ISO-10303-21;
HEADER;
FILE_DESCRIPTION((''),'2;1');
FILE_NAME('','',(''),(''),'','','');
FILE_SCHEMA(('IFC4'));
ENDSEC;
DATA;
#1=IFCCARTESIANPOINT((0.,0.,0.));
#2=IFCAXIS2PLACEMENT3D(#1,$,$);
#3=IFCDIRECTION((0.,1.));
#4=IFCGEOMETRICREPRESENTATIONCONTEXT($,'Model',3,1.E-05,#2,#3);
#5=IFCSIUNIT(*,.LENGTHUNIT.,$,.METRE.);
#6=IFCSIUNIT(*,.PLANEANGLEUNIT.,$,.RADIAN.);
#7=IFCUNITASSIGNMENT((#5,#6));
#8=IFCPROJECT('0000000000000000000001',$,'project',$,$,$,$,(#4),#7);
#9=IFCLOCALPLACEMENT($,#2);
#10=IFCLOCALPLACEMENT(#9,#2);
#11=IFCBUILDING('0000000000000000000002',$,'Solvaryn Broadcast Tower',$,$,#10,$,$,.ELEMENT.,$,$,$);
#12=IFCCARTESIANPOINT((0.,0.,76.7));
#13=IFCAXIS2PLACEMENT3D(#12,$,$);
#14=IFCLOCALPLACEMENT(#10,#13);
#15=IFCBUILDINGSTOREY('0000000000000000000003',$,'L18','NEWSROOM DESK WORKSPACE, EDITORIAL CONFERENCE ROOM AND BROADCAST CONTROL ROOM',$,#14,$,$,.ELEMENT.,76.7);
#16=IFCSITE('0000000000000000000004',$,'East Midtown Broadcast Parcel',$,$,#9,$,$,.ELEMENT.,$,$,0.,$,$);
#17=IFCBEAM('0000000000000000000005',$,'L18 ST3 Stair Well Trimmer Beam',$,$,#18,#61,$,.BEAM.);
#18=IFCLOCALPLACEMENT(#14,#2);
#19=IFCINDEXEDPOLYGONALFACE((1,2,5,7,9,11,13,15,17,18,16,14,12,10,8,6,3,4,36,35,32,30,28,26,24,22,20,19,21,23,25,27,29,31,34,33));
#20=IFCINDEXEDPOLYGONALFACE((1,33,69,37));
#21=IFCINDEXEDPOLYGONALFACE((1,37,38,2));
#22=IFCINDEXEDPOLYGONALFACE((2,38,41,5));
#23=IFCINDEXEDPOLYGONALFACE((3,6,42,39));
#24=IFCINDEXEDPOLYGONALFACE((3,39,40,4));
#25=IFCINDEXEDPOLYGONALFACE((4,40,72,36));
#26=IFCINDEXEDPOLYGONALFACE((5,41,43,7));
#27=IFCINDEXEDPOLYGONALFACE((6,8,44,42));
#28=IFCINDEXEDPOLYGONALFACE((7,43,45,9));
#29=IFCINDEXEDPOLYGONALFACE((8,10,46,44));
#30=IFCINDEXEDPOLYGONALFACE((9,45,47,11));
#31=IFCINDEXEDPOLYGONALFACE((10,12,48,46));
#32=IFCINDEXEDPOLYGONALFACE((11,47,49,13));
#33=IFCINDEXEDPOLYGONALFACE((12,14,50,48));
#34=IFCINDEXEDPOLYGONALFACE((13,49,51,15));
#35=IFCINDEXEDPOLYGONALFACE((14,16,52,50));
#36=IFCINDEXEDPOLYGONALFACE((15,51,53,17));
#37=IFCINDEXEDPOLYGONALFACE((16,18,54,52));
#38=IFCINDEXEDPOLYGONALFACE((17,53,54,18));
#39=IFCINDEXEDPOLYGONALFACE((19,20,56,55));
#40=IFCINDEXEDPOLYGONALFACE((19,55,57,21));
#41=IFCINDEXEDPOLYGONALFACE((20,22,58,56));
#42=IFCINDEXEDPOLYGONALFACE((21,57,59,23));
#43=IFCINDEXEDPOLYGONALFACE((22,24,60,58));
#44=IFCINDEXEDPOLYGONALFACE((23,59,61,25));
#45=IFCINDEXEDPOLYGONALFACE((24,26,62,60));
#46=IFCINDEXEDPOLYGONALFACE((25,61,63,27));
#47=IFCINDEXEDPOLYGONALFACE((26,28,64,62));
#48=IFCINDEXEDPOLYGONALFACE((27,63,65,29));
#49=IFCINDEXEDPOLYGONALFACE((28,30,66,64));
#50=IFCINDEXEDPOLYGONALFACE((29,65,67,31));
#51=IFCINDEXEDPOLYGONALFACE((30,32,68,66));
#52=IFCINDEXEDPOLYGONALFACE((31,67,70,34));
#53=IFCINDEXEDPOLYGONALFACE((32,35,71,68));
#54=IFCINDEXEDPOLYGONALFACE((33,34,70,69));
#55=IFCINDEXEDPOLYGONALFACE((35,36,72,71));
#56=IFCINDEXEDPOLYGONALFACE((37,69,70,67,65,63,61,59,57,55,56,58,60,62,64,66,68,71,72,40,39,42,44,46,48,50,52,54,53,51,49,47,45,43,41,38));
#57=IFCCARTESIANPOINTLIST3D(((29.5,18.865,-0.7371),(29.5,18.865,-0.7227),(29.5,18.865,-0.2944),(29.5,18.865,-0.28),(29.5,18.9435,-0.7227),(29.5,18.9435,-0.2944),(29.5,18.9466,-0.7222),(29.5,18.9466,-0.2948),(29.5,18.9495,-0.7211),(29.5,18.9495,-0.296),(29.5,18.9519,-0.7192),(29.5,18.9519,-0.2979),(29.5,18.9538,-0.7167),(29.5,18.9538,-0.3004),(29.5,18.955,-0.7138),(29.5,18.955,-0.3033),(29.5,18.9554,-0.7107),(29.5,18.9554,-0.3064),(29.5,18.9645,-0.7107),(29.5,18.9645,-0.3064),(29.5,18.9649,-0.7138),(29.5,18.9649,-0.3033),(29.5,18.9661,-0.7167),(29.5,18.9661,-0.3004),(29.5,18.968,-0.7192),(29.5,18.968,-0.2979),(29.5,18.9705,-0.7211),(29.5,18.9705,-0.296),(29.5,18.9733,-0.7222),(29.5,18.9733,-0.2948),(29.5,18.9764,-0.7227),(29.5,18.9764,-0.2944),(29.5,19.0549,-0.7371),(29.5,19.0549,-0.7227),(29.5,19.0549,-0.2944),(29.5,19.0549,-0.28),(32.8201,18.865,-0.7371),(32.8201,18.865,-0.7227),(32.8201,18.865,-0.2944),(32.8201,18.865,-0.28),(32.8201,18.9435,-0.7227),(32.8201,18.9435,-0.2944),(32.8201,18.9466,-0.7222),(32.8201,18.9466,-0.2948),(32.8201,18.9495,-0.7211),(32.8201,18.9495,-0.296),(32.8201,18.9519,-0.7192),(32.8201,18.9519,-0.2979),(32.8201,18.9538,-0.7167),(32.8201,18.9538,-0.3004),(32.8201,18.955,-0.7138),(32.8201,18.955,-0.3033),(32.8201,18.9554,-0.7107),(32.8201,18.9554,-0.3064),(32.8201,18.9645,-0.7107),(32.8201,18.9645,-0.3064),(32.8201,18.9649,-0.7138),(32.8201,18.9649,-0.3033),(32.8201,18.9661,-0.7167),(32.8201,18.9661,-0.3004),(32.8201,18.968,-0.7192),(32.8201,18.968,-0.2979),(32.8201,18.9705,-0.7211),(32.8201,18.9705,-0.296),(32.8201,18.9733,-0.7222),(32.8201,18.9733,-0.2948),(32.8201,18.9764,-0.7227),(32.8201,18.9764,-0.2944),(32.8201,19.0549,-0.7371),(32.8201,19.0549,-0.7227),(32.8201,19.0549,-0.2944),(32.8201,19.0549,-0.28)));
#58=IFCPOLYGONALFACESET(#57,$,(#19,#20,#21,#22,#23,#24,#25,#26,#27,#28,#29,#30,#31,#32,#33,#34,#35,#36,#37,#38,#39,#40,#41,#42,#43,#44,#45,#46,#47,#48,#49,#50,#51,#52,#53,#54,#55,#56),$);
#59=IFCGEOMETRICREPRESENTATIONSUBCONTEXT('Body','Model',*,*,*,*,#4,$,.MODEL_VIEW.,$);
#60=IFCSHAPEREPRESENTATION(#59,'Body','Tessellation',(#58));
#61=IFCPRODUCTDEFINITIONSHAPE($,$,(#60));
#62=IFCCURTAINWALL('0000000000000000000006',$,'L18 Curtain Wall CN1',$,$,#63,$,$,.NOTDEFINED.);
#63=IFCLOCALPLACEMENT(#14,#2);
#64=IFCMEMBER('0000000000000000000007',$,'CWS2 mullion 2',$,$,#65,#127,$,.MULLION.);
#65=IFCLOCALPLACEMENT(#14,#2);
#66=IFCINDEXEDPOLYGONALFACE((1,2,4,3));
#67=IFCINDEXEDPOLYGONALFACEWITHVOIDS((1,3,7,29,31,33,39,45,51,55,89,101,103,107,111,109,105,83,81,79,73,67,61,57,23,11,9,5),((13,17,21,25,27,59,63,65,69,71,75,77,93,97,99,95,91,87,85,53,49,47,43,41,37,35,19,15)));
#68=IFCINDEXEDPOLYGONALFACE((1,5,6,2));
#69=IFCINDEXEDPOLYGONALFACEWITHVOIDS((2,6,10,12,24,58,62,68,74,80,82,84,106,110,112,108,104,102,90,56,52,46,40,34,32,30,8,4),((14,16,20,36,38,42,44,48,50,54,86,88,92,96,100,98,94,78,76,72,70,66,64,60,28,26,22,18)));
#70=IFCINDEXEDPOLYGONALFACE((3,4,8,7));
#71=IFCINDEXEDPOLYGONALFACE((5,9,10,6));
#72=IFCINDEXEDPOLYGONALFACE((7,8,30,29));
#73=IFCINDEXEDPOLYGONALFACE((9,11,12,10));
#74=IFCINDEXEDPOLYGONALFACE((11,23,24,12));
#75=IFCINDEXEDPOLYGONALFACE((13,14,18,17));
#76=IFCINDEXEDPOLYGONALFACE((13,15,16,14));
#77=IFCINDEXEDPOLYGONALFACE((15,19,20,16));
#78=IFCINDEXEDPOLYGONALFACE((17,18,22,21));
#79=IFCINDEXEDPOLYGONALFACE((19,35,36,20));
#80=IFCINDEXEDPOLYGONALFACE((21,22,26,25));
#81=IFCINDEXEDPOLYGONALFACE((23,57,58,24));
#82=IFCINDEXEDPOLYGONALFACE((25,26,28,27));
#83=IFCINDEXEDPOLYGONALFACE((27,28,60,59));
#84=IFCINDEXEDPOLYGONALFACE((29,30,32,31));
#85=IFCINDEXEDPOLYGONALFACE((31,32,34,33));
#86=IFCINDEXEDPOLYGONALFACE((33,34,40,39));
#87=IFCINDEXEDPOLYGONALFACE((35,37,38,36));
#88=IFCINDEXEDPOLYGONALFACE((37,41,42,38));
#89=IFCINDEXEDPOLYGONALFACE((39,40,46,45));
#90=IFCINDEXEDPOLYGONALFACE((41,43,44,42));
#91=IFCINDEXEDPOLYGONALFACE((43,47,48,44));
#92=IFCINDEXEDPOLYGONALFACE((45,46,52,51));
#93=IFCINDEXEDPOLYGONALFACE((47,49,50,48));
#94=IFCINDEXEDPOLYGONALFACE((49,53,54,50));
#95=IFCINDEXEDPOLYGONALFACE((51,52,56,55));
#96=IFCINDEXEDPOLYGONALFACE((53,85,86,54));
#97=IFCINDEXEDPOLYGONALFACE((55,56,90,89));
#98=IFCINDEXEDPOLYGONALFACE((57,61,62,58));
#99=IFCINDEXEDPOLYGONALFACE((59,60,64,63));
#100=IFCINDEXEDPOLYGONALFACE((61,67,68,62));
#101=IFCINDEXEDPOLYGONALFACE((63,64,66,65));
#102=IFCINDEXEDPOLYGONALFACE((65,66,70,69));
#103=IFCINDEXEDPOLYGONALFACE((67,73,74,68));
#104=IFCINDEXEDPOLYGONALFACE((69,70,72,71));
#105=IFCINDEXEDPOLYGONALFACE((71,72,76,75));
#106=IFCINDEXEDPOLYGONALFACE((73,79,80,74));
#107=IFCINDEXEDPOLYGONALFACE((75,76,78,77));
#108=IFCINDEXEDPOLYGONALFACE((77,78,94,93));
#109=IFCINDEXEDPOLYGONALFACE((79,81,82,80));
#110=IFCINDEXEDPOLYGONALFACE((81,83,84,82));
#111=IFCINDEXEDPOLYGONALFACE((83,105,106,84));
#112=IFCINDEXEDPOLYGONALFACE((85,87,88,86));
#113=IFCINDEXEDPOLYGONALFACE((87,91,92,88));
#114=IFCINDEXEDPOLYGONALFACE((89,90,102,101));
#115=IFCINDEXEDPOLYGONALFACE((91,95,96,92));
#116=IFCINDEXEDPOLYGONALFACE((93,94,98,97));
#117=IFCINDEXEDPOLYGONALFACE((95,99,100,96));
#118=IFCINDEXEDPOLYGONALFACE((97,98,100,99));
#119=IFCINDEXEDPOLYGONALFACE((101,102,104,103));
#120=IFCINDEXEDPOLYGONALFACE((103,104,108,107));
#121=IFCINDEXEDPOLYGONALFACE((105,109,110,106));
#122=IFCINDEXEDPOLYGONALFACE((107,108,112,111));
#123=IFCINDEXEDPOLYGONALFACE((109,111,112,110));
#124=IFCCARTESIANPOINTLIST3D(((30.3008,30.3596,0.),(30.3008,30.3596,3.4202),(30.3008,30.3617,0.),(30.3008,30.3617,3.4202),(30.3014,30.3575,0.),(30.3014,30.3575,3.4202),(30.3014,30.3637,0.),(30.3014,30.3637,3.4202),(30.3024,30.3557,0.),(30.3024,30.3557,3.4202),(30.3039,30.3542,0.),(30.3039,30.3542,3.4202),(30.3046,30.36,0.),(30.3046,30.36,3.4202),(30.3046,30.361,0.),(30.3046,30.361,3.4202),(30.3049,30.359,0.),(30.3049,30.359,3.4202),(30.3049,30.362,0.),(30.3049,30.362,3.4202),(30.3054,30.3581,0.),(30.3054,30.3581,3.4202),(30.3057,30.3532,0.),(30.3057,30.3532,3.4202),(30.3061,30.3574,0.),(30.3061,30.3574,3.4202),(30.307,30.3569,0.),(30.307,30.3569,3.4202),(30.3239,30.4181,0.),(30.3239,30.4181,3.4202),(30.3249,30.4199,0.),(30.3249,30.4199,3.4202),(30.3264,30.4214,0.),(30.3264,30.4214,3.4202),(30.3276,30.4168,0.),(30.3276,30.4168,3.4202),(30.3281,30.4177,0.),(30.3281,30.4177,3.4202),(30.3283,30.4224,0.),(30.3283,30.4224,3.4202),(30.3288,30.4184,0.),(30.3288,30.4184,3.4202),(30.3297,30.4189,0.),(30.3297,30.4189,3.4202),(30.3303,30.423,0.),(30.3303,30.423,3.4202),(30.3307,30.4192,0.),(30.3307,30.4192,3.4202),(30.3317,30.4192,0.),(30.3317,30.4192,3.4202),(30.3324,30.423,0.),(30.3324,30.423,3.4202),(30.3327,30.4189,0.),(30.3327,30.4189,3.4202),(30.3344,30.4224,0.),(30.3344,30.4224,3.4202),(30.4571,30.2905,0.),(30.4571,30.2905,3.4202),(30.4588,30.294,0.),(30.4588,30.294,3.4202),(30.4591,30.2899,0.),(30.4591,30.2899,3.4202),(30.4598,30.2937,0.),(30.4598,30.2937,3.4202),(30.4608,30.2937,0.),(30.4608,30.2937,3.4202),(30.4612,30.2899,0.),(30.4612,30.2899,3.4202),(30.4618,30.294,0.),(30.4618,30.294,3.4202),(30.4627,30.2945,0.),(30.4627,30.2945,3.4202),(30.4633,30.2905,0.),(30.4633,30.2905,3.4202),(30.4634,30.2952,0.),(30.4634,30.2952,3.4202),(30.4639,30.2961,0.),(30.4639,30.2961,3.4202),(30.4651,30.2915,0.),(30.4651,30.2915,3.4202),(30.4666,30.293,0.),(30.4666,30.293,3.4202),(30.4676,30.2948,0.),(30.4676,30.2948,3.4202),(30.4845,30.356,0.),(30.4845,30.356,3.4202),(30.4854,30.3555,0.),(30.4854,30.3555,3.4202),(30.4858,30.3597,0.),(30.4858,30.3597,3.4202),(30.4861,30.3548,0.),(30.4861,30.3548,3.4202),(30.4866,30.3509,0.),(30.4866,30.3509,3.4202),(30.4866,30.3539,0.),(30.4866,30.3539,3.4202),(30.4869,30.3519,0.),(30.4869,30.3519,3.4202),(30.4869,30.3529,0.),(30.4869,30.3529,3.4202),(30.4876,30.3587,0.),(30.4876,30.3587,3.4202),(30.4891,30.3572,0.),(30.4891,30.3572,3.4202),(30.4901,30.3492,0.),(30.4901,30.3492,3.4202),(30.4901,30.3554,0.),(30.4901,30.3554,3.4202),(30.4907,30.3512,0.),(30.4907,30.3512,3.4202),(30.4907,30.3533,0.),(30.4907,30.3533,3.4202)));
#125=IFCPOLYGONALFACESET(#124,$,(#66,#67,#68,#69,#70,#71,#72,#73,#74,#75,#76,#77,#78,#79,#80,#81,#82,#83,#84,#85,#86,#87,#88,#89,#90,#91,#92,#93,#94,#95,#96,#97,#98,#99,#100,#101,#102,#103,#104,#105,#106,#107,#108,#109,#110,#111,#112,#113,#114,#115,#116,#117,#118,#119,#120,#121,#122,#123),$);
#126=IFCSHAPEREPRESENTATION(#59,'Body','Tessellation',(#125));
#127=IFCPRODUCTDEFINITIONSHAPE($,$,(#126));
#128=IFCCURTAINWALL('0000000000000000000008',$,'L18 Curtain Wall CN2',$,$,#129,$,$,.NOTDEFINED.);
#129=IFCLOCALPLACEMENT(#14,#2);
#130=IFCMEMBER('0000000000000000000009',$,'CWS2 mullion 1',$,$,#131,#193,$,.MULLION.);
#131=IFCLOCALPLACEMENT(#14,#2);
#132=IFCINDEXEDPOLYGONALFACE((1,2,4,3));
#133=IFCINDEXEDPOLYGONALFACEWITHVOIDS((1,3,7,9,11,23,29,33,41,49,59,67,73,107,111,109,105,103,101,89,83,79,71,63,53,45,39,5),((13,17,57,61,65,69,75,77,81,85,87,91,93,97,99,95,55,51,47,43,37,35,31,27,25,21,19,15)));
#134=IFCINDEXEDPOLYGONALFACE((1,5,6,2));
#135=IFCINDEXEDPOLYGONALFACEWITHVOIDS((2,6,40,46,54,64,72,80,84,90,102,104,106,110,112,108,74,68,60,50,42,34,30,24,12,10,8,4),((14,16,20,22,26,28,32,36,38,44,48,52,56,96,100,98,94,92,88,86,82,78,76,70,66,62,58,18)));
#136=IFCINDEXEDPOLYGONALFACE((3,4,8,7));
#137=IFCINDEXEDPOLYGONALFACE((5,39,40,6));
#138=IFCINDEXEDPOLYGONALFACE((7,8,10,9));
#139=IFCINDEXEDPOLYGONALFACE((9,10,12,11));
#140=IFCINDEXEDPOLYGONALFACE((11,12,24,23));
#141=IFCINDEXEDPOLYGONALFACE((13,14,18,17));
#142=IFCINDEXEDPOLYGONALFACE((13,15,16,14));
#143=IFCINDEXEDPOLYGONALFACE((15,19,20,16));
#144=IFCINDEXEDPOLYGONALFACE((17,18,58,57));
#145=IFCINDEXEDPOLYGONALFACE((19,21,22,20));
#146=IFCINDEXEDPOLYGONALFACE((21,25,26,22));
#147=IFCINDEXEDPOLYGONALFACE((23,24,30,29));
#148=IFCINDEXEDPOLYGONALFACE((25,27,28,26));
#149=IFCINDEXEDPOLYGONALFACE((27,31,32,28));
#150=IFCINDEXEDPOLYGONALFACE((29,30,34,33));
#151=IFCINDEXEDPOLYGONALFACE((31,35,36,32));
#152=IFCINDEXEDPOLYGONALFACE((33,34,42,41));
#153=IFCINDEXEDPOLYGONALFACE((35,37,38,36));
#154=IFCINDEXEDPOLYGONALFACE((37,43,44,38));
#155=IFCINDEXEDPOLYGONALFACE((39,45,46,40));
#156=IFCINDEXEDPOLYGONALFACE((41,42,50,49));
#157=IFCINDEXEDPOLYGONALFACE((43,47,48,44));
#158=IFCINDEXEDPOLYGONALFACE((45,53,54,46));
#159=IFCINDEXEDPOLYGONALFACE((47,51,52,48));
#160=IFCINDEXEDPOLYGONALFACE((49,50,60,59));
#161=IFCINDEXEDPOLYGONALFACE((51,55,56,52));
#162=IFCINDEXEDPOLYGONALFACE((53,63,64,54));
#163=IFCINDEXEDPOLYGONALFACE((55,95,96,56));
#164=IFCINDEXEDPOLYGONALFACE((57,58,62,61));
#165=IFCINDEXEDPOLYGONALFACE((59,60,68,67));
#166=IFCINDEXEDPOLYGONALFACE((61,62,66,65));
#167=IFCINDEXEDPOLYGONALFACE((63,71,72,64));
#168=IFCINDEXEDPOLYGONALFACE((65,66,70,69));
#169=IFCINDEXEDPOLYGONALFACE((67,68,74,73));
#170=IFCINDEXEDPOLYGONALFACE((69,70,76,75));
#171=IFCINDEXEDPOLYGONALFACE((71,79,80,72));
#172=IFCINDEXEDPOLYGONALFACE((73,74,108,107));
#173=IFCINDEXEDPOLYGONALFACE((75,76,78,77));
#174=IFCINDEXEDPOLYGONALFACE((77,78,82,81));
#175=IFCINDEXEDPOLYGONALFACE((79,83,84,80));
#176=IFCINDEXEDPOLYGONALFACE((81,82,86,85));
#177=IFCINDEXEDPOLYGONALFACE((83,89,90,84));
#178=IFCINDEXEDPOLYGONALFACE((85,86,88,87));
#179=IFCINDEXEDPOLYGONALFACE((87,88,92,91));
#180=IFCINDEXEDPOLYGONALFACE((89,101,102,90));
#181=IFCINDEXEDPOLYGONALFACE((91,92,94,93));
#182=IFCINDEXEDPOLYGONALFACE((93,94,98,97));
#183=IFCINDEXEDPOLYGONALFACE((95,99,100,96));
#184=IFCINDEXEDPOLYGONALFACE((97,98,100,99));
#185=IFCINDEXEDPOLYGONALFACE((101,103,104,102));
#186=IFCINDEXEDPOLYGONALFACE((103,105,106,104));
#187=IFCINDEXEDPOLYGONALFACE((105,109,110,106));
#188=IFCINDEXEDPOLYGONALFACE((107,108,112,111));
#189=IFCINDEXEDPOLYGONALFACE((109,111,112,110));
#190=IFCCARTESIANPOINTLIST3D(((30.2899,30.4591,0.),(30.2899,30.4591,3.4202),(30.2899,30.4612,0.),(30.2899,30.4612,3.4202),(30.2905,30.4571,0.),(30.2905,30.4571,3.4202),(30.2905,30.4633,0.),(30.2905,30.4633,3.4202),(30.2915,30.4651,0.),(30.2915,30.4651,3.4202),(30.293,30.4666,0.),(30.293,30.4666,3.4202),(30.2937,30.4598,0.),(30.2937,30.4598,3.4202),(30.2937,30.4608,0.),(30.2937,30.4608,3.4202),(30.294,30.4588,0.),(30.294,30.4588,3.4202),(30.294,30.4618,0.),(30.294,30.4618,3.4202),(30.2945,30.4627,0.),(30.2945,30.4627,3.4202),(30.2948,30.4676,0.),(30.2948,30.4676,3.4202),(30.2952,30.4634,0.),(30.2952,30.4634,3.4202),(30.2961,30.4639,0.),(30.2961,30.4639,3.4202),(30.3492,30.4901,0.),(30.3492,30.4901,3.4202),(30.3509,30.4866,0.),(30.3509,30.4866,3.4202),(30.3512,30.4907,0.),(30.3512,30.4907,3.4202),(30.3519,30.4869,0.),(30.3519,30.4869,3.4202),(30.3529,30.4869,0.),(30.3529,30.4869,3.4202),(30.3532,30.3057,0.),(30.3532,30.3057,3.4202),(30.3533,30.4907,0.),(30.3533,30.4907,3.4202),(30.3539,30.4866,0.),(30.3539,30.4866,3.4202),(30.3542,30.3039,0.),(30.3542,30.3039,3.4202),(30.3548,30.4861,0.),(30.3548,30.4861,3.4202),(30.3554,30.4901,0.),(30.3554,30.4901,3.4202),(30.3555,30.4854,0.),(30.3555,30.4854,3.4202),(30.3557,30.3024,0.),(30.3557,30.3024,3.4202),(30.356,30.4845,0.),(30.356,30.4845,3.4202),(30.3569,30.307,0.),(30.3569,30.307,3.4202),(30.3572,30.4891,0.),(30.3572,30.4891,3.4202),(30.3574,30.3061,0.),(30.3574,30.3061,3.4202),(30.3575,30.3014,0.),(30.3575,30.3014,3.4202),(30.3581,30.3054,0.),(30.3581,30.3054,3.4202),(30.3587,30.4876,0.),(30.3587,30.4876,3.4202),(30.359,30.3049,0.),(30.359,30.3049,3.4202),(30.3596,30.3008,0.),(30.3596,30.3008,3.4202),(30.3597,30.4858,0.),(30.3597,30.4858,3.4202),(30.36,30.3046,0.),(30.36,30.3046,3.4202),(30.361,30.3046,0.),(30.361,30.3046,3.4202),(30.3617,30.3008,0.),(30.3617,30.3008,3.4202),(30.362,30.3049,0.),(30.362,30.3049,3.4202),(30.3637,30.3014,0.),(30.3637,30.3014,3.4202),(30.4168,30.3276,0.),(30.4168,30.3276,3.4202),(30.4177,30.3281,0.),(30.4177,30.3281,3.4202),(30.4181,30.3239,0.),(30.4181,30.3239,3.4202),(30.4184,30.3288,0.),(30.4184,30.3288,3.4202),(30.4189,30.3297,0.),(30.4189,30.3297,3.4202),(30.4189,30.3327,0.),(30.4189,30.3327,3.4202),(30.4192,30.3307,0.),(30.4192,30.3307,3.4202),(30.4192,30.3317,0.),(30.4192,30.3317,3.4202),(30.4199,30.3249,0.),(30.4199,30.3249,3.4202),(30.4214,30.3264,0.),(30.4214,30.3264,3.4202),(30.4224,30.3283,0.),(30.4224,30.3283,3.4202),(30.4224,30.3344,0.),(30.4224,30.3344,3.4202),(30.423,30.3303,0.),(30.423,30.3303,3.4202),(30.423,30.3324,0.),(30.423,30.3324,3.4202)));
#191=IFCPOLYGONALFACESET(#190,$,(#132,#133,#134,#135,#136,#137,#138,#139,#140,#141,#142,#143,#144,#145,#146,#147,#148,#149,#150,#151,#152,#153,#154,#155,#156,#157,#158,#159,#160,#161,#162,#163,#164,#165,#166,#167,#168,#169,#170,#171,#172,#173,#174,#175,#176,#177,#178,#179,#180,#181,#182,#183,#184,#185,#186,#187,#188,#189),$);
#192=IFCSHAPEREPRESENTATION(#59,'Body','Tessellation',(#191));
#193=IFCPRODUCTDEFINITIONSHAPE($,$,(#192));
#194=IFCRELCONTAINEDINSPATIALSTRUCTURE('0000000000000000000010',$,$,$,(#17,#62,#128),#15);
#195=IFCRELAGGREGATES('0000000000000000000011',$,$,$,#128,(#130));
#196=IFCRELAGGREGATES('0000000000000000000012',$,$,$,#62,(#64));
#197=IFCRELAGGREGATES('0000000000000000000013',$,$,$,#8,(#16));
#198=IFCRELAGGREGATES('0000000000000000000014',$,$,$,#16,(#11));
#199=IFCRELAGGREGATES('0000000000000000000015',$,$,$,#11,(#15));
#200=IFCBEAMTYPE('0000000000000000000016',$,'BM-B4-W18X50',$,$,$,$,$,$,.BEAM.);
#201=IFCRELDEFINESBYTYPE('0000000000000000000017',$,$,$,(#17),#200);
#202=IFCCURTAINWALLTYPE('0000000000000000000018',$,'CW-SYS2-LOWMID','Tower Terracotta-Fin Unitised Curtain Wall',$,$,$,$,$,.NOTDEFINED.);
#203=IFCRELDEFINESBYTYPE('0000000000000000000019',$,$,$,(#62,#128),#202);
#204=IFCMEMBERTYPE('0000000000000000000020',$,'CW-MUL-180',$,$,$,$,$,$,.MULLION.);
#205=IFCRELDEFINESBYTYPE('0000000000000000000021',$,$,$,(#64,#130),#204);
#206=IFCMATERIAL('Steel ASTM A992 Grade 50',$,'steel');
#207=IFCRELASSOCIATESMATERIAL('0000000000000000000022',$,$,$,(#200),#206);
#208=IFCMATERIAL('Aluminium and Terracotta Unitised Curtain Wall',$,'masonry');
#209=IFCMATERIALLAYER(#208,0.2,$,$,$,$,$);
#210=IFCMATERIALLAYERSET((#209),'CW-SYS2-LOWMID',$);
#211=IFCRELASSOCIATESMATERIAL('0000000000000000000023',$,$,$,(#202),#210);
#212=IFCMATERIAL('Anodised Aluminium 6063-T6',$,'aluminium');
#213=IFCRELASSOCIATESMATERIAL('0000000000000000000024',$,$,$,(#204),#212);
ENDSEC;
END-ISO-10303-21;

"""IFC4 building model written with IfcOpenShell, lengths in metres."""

from ifc_helpers import new_model, si_unit, direction, frame, origin, origin_2d, place, context, subcontext, project, spatial, hollow_rectangle, i_section, extrude, material, layer, layer_set, material_profile, profile_set, type_object, element, aggregate, save


model = new_model("IFC4")

# Units and contexts
model_context = context("Model", 3, precision=1e-05, world=origin(), true_north=direction((0.0, 1.0)))
body_context = subcontext(model_context, "Body", "Model", "MODEL_VIEW")
ifc_project = project(units=[si_unit("LENGTHUNIT", "METRE"), si_unit("PLANEANGLEUNIT", "RADIAN")], contexts=[model_context])

# Site, building, storey
site_placement = place(None, origin())
site = spatial("IfcSite", under=ifc_project, at=site_placement, Name="East Midtown Broadcast Parcel", CompositionType="ELEMENT", RefElevation=0.0)
building_placement = place(site_placement, origin())
building = spatial("IfcBuilding", under=site, at=building_placement, Name="Solvaryn Broadcast Tower", CompositionType="ELEMENT")
storey_placement = place(building_placement, frame((0.0, 0.0, 76.7)))
storey = spatial("IfcBuildingStorey", under=building, at=storey_placement, Name="L18", Description="NEWSROOM DESK WORKSPACE, EDITORIAL CONFERENCE ROOM AND BROADCAST CONTROL ROOM", CompositionType="ELEMENT", Elevation=76.7)

# Beam
ifc_material_1 = material(Name="Steel ASTM A992 Grade 50", Category="steel")
ifc_material_profile_1 = material_profile(ifc_material_1, i_section(OverallWidth=0.1899, OverallDepth=0.457, WebThickness=0.009, FlangeThickness=0.0144, FilletRadius=0.012, at=origin_2d()))
ifc_profile_set_1 = profile_set([ifc_material_profile_1], Name="Steel ASTM A992 Grade 50")
beam_type_1 = type_object("IfcBeamType", Name="BM-B4-W18X50", PredefinedType="BEAM", material=ifc_profile_set_1)
beam_1_placement = place(storey_placement, frame((29.5, 18.96, -0.5085), z_axis=(1.0, 0.0, 0.0), x_axis=(0.0, 1.0, 0.0)))
element("IfcBeam", 1, at=beam_1_placement, inside=storey, type_object=beam_type_1, Name="L18 ST3 Stair Well Trimmer Beam", PredefinedType="BEAM", context=body_context, shape_type="SweptSolid", body=[
    extrude(i_section(OverallWidth=0.1899, OverallDepth=0.457, WebThickness=0.009, FlangeThickness=0.0144, FilletRadius=0.012, at=origin_2d()), origin(), (0.0, 0.0, 1.0), 3.3201),
])

# Curtain wall, member
ifc_material_2 = material(Name="Aluminium and Terracotta Unitised Curtain Wall", Category="masonry")
ifc_layer_1 = layer(ifc_material_2, 0.2)
ifc_layer_set_1 = layer_set([ifc_layer_1], Name="CW-SYS2-LOWMID")
curtain_wall_type = type_object("IfcCurtainWallType", Name="CW-SYS2-LOWMID", Description="Tower Terracotta-Fin Unitised Curtain Wall", PredefinedType="NOTDEFINED", material=ifc_layer_set_1)
curtain_wall_1_placement = place(storey_placement, origin())
curtain_wall_1 = element("IfcCurtainWall", 2, at=curtain_wall_1_placement, inside=storey, type_object=curtain_wall_type, Name="L18 Curtain Wall CN1", PredefinedType="NOTDEFINED")
ifc_material_3 = material(Name="Anodised Aluminium 6063-T6", Category="aluminium")
ifc_material_profile_2 = material_profile(ifc_material_3, hollow_rectangle(XDim=0.075, YDim=0.1799, WallThickness=0.0039, InnerFilletRadius=0.0039, OuterFilletRadius=0.0081, at=origin_2d()))
ifc_profile_set_2 = profile_set([ifc_material_profile_2], Name="Anodised Aluminium 6063-T6")
member_type_1 = type_object("IfcMemberType", Name="CW-MUL-180", PredefinedType="MULLION", material=ifc_profile_set_2)
member_1_placement = place(storey_placement, frame((30.3958, 30.3564, 0.0), z_axis=(0.0, 0.0, 1.0), x_axis=(-0.382646, -0.923895, 0.0)))
member_1 = element("IfcMember", 3, at=member_1_placement, type_object=member_type_1, Name="CWS2 mullion 2", PredefinedType="MULLION", context=body_context, shape_type="SweptSolid", body=[
    extrude(hollow_rectangle(XDim=0.075, YDim=0.1799, WallThickness=0.0039, InnerFilletRadius=0.0039, OuterFilletRadius=0.0081, at=origin_2d()), origin(), (0.0, 0.0, 1.0), 3.4202),
])

# Curtain wall, member
curtain_wall_2_placement = place(storey_placement, origin())
curtain_wall_2 = element("IfcCurtainWall", 4, at=curtain_wall_2_placement, inside=storey, type_object=curtain_wall_type, Name="L18 Curtain Wall CN2", PredefinedType="NOTDEFINED")
member_2_placement = place(storey_placement, frame((30.3564, 30.3958, 0.0), z_axis=(0.0, 0.0, 1.0), x_axis=(-0.923895, -0.382646, 0.0)))
member_2 = element("IfcMember", 5, at=member_2_placement, type_object=member_type_1, Name="CWS2 mullion 1", PredefinedType="MULLION", context=body_context, shape_type="SweptSolid", body=[
    extrude(hollow_rectangle(XDim=0.075, YDim=0.1799, WallThickness=0.0039, InnerFilletRadius=0.0039, OuterFilletRadius=0.0081, at=origin_2d()), origin(), (0.0, 0.0, 1.0), 3.4202),
])
aggregate(curtain_wall_2, [member_2])

aggregate(curtain_wall_1, [member_1])

save(model, "model.ifc")
